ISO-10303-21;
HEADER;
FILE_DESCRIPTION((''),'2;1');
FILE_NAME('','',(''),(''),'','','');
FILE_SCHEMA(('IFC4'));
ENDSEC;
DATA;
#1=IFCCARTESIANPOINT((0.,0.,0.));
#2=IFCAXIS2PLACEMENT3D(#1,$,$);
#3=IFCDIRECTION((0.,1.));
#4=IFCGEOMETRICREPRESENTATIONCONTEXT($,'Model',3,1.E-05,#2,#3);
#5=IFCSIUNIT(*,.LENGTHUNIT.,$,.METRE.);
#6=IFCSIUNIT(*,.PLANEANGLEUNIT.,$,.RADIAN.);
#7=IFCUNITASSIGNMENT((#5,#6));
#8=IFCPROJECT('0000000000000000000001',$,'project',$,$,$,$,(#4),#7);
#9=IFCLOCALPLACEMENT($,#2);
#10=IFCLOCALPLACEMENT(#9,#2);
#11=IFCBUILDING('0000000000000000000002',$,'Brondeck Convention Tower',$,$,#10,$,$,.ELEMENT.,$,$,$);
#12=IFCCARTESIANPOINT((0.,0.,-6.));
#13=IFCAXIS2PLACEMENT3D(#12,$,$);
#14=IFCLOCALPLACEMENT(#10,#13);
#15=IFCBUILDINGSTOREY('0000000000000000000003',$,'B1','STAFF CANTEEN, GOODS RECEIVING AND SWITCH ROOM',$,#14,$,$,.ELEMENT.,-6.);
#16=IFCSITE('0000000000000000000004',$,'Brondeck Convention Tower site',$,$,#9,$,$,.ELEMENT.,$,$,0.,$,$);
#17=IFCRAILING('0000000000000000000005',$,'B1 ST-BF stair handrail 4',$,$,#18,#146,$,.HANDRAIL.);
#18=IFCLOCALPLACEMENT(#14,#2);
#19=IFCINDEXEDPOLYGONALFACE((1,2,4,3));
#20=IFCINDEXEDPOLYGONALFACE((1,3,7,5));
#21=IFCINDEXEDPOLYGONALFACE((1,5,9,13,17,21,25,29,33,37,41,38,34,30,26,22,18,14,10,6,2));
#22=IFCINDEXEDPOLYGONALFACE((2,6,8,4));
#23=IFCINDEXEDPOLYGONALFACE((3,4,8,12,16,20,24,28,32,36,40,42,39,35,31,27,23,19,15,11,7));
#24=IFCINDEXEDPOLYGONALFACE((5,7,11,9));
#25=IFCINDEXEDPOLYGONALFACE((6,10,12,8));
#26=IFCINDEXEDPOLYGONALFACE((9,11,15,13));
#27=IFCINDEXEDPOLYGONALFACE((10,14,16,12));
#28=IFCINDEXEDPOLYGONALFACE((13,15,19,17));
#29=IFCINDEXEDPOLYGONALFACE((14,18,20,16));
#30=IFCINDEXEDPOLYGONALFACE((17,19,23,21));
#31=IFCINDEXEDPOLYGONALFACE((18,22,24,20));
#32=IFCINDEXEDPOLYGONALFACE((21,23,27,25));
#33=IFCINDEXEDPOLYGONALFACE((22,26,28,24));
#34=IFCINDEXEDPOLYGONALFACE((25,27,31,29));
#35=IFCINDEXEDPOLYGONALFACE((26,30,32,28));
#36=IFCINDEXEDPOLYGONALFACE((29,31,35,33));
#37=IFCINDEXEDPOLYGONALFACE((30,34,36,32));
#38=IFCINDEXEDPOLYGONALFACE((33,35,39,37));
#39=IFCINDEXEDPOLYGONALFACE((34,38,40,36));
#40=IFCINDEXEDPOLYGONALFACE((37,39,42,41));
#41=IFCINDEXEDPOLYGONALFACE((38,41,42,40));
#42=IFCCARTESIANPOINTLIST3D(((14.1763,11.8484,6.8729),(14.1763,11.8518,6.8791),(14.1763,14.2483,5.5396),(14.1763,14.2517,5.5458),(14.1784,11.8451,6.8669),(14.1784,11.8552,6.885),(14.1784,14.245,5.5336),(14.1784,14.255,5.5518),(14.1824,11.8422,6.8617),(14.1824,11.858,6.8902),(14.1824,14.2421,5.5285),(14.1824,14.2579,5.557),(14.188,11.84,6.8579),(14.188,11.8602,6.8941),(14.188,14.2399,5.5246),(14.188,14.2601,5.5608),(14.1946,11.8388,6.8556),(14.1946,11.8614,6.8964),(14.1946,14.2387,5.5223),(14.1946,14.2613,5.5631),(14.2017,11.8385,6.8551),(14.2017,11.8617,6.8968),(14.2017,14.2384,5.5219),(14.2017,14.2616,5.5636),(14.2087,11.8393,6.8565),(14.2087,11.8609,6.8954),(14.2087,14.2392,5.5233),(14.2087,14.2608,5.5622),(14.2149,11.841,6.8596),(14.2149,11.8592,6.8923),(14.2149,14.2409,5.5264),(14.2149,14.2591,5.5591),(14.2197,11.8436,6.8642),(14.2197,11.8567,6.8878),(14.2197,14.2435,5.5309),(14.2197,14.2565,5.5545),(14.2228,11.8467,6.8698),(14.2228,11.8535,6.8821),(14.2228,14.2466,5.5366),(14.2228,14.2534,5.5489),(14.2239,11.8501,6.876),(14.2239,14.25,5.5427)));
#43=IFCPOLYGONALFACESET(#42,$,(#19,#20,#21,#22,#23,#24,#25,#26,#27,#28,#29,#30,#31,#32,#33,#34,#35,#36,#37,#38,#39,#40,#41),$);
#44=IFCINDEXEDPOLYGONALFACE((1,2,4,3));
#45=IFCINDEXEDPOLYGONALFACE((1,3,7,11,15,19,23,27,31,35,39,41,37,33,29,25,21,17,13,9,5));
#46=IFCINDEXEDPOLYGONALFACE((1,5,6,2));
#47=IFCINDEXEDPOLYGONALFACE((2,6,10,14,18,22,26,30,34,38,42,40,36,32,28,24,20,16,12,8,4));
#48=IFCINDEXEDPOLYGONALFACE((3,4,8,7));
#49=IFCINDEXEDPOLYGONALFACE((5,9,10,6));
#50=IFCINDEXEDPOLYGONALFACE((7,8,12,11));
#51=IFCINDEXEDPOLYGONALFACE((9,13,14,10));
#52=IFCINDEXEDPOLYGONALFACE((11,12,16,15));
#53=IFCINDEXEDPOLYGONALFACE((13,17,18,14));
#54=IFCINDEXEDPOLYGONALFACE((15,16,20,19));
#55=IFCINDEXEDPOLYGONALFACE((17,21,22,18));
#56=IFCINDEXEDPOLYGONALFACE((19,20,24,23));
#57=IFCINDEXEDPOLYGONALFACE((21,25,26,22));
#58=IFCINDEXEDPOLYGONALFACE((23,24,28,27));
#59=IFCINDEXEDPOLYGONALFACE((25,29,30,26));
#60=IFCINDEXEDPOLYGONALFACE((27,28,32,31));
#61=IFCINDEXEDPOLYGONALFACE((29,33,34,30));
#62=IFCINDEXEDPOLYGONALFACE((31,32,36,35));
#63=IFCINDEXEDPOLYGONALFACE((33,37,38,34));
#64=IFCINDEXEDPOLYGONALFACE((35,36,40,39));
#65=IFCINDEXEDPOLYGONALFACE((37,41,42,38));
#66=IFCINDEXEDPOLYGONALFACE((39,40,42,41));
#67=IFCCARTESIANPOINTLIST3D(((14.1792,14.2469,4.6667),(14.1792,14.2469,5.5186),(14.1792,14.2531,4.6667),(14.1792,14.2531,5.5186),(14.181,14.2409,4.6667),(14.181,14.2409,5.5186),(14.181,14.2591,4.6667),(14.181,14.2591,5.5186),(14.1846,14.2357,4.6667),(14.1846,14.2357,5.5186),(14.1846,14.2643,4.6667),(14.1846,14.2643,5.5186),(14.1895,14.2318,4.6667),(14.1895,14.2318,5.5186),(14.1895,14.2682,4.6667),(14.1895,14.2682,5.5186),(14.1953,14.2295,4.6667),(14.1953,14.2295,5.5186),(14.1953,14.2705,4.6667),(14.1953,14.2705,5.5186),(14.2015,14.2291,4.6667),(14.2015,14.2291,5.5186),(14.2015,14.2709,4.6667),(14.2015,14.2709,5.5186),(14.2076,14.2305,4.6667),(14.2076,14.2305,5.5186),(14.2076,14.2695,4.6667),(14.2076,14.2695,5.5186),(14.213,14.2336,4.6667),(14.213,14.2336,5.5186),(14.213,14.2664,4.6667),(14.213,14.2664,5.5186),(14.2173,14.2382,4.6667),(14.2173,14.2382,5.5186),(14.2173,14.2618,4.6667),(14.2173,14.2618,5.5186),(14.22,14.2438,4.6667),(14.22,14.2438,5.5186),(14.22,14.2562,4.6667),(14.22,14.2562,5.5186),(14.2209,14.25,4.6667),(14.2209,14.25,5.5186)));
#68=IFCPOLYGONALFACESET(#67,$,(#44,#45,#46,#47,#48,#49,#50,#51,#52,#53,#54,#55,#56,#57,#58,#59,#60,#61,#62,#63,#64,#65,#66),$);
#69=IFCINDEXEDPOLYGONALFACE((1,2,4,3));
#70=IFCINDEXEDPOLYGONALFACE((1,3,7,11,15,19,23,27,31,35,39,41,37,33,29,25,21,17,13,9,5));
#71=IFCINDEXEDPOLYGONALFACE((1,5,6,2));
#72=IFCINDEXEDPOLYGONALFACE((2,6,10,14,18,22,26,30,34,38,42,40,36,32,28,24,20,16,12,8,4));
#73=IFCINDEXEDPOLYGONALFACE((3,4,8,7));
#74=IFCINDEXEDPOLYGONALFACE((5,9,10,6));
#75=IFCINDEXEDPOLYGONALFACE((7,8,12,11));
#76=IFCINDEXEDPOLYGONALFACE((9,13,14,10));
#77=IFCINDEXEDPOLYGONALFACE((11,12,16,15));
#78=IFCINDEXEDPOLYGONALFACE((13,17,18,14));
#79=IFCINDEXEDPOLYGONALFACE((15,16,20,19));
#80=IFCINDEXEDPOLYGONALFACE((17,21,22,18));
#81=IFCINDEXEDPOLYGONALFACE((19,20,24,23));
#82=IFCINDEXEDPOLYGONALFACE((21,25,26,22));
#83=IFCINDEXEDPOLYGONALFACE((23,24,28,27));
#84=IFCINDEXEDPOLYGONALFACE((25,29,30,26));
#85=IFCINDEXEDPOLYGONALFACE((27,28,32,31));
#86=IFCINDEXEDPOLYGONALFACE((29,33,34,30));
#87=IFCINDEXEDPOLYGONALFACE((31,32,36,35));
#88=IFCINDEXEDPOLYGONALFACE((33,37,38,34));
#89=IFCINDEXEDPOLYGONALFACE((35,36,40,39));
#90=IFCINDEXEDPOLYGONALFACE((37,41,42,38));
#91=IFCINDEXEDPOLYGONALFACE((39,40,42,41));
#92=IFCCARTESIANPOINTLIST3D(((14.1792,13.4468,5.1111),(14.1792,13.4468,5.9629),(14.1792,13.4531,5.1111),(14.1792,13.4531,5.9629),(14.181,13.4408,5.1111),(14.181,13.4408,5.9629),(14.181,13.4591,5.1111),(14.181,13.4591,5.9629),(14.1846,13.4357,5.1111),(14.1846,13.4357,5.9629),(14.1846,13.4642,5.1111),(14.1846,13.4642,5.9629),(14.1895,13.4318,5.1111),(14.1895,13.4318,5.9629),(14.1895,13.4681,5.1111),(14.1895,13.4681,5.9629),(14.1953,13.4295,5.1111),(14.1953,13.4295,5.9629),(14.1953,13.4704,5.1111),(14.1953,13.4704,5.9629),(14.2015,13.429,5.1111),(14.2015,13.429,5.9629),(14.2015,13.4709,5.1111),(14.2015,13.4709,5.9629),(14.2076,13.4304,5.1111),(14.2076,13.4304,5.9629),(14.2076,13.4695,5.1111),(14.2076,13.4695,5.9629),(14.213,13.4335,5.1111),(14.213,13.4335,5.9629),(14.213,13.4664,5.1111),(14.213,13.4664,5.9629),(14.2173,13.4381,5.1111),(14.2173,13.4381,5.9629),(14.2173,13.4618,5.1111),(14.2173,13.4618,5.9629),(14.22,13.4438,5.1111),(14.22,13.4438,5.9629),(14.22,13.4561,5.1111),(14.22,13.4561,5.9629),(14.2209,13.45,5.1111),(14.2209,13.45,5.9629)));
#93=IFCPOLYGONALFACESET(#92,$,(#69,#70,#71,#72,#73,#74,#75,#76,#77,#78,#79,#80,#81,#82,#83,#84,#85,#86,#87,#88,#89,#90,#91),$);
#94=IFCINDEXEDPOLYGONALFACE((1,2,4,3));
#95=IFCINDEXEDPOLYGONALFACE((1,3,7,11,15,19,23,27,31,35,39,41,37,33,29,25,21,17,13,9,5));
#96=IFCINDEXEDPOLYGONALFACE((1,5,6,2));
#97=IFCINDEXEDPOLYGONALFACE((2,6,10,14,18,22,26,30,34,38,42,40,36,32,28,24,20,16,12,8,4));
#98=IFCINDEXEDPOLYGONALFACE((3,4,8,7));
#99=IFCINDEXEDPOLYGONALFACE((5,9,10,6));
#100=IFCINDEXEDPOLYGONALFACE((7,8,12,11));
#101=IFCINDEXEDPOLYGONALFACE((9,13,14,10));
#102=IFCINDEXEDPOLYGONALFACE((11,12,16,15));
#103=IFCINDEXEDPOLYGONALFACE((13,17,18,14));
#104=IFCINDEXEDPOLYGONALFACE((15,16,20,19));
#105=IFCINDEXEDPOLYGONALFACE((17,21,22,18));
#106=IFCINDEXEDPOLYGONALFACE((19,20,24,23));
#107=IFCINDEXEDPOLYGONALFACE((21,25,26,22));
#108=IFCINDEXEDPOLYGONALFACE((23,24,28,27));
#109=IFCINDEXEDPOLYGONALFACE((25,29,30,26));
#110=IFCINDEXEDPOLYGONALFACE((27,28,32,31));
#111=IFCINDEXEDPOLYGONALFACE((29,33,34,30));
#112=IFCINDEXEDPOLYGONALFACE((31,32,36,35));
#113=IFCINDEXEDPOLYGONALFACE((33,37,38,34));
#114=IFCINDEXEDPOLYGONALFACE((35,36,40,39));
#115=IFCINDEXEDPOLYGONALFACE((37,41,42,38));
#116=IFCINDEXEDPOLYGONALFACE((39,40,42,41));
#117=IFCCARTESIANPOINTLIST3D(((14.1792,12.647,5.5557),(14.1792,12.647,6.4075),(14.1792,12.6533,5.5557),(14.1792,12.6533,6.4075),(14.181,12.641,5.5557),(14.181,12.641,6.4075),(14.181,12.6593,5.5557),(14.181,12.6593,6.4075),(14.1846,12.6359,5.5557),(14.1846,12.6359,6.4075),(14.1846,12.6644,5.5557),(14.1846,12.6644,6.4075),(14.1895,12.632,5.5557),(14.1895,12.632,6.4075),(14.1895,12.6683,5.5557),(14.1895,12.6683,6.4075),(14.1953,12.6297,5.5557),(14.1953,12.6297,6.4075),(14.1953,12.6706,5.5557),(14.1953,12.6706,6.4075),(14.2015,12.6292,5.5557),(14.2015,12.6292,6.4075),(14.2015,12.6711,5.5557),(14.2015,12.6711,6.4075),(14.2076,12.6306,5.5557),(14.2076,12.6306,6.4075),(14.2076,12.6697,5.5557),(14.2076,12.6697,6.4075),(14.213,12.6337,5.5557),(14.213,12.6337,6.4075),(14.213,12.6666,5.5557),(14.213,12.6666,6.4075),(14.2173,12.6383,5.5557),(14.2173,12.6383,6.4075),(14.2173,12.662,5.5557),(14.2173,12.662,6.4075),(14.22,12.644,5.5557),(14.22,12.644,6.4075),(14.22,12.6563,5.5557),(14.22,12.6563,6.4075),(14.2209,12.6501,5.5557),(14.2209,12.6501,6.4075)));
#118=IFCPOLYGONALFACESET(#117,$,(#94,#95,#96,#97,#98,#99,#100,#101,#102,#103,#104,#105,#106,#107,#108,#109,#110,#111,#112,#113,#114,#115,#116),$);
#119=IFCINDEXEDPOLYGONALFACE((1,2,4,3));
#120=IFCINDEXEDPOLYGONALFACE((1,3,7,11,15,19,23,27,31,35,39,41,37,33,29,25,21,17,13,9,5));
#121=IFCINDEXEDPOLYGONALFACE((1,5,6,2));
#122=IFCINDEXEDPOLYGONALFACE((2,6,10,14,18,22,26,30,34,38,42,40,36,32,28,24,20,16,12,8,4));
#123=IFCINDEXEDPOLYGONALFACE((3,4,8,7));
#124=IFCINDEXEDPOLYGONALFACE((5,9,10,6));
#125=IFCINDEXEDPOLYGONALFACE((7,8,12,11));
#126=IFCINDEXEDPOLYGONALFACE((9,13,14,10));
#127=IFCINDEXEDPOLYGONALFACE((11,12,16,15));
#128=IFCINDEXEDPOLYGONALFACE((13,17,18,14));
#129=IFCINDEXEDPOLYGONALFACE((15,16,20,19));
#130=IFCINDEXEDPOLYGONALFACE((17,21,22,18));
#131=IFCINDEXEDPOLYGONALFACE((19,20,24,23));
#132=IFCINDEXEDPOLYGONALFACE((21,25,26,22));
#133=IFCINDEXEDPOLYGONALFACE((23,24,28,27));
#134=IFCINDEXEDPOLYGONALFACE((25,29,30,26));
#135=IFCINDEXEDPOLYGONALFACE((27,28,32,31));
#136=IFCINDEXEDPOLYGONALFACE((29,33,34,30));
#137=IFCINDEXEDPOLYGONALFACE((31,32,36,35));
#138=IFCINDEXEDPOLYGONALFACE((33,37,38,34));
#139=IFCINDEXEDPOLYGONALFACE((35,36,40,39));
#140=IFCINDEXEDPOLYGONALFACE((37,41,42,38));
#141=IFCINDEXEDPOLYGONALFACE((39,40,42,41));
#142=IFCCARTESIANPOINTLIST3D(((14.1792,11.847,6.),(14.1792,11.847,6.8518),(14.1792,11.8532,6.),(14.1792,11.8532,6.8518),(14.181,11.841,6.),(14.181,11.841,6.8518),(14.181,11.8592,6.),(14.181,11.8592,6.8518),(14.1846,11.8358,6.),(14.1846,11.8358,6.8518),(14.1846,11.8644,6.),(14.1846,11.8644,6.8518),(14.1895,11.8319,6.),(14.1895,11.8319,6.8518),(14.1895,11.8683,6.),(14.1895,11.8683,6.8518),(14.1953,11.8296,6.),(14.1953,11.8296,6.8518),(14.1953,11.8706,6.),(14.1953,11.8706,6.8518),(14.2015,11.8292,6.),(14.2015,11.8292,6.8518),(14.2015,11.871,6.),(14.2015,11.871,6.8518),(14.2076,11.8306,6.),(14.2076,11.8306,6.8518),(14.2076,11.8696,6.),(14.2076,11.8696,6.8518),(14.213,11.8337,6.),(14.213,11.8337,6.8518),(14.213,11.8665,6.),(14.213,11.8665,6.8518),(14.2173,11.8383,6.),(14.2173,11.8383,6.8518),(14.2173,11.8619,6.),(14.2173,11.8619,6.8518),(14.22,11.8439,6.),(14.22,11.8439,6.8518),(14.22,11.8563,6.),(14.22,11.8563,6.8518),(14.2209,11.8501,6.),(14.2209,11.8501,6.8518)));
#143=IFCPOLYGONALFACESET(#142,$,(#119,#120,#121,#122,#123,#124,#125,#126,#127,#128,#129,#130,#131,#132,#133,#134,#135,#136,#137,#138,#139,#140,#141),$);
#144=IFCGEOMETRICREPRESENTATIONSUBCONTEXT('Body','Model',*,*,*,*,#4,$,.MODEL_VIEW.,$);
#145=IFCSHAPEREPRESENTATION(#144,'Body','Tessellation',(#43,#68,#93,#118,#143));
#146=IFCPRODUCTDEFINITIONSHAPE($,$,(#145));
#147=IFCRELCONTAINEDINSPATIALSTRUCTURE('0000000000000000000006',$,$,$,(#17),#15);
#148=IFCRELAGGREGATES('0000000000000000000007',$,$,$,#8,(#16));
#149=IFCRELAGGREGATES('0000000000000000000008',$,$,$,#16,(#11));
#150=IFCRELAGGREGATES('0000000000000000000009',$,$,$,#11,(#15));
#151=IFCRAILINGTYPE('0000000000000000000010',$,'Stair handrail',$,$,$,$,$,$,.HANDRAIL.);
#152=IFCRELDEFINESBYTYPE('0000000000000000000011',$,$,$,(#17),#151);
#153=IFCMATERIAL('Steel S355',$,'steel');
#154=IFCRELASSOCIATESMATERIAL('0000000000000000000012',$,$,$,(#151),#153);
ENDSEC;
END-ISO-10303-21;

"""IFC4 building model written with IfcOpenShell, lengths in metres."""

from ifc_helpers import new_model, si_unit, direction, frame, origin, origin_2d, place, context, subcontext, project, spatial, circle, extrude, material, type_object, element, save


model = new_model("IFC4")

# Units and contexts
model_context = context("Model", 3, precision=1e-05, world=origin(), true_north=direction((0.0, 1.0)))
body_context = subcontext(model_context, "Body", "Model", "MODEL_VIEW")
ifc_project = project(units=[si_unit("LENGTHUNIT", "METRE"), si_unit("PLANEANGLEUNIT", "RADIAN")], contexts=[model_context])

# Site, building, storey
site_placement = place(None, origin())
site = spatial("IfcSite", under=ifc_project, at=site_placement, Name="Brondeck Convention Tower site", CompositionType="ELEMENT", RefElevation=0.0)
building_placement = place(site_placement, origin())
building = spatial("IfcBuilding", under=site, at=building_placement, Name="Brondeck Convention Tower", CompositionType="ELEMENT")
storey_placement = place(building_placement, frame((0.0, 0.0, -6.0)))
storey = spatial("IfcBuildingStorey", under=building, at=storey_placement, Name="B1", Description="STAFF CANTEEN, GOODS RECEIVING AND SWITCH ROOM", CompositionType="ELEMENT", Elevation=-6.0)

# Shared definitions
ifc_material_1 = material(Name="Steel S355", Category="steel")

# Railing
railing_type = type_object("IfcRailingType", Name="Stair handrail", PredefinedType="HANDRAIL", material=ifc_material_1)
railing_1_placement = place(storey_placement, frame((14.2, 14.25, 4.6667)))
element("IfcRailing", 1, at=railing_1_placement, inside=storey, type_object=railing_type, Name="B1 ST-BF stair handrail 4", PredefinedType="HANDRAIL", context=body_context, shape_type="SweptSolid", body=[
    extrude(circle(Radius=0.0239, at=origin_2d()), frame((0.0, 0.0, 0.876), z_axis=(0.0, -0.874161, 0.485635), x_axis=(1.0, 0.0, 0.0)), (0.0, 0.0, 1.0), 2.7454),
    extrude(circle(Radius=0.021, at=origin_2d()), origin(), (0.0, 0.0, 1.0), 0.8518),
    extrude(circle(Radius=0.021, at=origin_2d()), frame((0.0, -0.8, 0.4443)), (0.0, 0.0, 1.0), 0.8518),
    extrude(circle(Radius=0.021, at=origin_2d()), frame((0.0, -1.5999, 0.8889)), (0.0, 0.0, 1.0), 0.8518),
    extrude(circle(Radius=0.021, at=origin_2d()), frame((0.0, -2.3999, 1.3333)), (0.0, 0.0, 1.0), 0.8518),
])

save(model, "model.ifc")
